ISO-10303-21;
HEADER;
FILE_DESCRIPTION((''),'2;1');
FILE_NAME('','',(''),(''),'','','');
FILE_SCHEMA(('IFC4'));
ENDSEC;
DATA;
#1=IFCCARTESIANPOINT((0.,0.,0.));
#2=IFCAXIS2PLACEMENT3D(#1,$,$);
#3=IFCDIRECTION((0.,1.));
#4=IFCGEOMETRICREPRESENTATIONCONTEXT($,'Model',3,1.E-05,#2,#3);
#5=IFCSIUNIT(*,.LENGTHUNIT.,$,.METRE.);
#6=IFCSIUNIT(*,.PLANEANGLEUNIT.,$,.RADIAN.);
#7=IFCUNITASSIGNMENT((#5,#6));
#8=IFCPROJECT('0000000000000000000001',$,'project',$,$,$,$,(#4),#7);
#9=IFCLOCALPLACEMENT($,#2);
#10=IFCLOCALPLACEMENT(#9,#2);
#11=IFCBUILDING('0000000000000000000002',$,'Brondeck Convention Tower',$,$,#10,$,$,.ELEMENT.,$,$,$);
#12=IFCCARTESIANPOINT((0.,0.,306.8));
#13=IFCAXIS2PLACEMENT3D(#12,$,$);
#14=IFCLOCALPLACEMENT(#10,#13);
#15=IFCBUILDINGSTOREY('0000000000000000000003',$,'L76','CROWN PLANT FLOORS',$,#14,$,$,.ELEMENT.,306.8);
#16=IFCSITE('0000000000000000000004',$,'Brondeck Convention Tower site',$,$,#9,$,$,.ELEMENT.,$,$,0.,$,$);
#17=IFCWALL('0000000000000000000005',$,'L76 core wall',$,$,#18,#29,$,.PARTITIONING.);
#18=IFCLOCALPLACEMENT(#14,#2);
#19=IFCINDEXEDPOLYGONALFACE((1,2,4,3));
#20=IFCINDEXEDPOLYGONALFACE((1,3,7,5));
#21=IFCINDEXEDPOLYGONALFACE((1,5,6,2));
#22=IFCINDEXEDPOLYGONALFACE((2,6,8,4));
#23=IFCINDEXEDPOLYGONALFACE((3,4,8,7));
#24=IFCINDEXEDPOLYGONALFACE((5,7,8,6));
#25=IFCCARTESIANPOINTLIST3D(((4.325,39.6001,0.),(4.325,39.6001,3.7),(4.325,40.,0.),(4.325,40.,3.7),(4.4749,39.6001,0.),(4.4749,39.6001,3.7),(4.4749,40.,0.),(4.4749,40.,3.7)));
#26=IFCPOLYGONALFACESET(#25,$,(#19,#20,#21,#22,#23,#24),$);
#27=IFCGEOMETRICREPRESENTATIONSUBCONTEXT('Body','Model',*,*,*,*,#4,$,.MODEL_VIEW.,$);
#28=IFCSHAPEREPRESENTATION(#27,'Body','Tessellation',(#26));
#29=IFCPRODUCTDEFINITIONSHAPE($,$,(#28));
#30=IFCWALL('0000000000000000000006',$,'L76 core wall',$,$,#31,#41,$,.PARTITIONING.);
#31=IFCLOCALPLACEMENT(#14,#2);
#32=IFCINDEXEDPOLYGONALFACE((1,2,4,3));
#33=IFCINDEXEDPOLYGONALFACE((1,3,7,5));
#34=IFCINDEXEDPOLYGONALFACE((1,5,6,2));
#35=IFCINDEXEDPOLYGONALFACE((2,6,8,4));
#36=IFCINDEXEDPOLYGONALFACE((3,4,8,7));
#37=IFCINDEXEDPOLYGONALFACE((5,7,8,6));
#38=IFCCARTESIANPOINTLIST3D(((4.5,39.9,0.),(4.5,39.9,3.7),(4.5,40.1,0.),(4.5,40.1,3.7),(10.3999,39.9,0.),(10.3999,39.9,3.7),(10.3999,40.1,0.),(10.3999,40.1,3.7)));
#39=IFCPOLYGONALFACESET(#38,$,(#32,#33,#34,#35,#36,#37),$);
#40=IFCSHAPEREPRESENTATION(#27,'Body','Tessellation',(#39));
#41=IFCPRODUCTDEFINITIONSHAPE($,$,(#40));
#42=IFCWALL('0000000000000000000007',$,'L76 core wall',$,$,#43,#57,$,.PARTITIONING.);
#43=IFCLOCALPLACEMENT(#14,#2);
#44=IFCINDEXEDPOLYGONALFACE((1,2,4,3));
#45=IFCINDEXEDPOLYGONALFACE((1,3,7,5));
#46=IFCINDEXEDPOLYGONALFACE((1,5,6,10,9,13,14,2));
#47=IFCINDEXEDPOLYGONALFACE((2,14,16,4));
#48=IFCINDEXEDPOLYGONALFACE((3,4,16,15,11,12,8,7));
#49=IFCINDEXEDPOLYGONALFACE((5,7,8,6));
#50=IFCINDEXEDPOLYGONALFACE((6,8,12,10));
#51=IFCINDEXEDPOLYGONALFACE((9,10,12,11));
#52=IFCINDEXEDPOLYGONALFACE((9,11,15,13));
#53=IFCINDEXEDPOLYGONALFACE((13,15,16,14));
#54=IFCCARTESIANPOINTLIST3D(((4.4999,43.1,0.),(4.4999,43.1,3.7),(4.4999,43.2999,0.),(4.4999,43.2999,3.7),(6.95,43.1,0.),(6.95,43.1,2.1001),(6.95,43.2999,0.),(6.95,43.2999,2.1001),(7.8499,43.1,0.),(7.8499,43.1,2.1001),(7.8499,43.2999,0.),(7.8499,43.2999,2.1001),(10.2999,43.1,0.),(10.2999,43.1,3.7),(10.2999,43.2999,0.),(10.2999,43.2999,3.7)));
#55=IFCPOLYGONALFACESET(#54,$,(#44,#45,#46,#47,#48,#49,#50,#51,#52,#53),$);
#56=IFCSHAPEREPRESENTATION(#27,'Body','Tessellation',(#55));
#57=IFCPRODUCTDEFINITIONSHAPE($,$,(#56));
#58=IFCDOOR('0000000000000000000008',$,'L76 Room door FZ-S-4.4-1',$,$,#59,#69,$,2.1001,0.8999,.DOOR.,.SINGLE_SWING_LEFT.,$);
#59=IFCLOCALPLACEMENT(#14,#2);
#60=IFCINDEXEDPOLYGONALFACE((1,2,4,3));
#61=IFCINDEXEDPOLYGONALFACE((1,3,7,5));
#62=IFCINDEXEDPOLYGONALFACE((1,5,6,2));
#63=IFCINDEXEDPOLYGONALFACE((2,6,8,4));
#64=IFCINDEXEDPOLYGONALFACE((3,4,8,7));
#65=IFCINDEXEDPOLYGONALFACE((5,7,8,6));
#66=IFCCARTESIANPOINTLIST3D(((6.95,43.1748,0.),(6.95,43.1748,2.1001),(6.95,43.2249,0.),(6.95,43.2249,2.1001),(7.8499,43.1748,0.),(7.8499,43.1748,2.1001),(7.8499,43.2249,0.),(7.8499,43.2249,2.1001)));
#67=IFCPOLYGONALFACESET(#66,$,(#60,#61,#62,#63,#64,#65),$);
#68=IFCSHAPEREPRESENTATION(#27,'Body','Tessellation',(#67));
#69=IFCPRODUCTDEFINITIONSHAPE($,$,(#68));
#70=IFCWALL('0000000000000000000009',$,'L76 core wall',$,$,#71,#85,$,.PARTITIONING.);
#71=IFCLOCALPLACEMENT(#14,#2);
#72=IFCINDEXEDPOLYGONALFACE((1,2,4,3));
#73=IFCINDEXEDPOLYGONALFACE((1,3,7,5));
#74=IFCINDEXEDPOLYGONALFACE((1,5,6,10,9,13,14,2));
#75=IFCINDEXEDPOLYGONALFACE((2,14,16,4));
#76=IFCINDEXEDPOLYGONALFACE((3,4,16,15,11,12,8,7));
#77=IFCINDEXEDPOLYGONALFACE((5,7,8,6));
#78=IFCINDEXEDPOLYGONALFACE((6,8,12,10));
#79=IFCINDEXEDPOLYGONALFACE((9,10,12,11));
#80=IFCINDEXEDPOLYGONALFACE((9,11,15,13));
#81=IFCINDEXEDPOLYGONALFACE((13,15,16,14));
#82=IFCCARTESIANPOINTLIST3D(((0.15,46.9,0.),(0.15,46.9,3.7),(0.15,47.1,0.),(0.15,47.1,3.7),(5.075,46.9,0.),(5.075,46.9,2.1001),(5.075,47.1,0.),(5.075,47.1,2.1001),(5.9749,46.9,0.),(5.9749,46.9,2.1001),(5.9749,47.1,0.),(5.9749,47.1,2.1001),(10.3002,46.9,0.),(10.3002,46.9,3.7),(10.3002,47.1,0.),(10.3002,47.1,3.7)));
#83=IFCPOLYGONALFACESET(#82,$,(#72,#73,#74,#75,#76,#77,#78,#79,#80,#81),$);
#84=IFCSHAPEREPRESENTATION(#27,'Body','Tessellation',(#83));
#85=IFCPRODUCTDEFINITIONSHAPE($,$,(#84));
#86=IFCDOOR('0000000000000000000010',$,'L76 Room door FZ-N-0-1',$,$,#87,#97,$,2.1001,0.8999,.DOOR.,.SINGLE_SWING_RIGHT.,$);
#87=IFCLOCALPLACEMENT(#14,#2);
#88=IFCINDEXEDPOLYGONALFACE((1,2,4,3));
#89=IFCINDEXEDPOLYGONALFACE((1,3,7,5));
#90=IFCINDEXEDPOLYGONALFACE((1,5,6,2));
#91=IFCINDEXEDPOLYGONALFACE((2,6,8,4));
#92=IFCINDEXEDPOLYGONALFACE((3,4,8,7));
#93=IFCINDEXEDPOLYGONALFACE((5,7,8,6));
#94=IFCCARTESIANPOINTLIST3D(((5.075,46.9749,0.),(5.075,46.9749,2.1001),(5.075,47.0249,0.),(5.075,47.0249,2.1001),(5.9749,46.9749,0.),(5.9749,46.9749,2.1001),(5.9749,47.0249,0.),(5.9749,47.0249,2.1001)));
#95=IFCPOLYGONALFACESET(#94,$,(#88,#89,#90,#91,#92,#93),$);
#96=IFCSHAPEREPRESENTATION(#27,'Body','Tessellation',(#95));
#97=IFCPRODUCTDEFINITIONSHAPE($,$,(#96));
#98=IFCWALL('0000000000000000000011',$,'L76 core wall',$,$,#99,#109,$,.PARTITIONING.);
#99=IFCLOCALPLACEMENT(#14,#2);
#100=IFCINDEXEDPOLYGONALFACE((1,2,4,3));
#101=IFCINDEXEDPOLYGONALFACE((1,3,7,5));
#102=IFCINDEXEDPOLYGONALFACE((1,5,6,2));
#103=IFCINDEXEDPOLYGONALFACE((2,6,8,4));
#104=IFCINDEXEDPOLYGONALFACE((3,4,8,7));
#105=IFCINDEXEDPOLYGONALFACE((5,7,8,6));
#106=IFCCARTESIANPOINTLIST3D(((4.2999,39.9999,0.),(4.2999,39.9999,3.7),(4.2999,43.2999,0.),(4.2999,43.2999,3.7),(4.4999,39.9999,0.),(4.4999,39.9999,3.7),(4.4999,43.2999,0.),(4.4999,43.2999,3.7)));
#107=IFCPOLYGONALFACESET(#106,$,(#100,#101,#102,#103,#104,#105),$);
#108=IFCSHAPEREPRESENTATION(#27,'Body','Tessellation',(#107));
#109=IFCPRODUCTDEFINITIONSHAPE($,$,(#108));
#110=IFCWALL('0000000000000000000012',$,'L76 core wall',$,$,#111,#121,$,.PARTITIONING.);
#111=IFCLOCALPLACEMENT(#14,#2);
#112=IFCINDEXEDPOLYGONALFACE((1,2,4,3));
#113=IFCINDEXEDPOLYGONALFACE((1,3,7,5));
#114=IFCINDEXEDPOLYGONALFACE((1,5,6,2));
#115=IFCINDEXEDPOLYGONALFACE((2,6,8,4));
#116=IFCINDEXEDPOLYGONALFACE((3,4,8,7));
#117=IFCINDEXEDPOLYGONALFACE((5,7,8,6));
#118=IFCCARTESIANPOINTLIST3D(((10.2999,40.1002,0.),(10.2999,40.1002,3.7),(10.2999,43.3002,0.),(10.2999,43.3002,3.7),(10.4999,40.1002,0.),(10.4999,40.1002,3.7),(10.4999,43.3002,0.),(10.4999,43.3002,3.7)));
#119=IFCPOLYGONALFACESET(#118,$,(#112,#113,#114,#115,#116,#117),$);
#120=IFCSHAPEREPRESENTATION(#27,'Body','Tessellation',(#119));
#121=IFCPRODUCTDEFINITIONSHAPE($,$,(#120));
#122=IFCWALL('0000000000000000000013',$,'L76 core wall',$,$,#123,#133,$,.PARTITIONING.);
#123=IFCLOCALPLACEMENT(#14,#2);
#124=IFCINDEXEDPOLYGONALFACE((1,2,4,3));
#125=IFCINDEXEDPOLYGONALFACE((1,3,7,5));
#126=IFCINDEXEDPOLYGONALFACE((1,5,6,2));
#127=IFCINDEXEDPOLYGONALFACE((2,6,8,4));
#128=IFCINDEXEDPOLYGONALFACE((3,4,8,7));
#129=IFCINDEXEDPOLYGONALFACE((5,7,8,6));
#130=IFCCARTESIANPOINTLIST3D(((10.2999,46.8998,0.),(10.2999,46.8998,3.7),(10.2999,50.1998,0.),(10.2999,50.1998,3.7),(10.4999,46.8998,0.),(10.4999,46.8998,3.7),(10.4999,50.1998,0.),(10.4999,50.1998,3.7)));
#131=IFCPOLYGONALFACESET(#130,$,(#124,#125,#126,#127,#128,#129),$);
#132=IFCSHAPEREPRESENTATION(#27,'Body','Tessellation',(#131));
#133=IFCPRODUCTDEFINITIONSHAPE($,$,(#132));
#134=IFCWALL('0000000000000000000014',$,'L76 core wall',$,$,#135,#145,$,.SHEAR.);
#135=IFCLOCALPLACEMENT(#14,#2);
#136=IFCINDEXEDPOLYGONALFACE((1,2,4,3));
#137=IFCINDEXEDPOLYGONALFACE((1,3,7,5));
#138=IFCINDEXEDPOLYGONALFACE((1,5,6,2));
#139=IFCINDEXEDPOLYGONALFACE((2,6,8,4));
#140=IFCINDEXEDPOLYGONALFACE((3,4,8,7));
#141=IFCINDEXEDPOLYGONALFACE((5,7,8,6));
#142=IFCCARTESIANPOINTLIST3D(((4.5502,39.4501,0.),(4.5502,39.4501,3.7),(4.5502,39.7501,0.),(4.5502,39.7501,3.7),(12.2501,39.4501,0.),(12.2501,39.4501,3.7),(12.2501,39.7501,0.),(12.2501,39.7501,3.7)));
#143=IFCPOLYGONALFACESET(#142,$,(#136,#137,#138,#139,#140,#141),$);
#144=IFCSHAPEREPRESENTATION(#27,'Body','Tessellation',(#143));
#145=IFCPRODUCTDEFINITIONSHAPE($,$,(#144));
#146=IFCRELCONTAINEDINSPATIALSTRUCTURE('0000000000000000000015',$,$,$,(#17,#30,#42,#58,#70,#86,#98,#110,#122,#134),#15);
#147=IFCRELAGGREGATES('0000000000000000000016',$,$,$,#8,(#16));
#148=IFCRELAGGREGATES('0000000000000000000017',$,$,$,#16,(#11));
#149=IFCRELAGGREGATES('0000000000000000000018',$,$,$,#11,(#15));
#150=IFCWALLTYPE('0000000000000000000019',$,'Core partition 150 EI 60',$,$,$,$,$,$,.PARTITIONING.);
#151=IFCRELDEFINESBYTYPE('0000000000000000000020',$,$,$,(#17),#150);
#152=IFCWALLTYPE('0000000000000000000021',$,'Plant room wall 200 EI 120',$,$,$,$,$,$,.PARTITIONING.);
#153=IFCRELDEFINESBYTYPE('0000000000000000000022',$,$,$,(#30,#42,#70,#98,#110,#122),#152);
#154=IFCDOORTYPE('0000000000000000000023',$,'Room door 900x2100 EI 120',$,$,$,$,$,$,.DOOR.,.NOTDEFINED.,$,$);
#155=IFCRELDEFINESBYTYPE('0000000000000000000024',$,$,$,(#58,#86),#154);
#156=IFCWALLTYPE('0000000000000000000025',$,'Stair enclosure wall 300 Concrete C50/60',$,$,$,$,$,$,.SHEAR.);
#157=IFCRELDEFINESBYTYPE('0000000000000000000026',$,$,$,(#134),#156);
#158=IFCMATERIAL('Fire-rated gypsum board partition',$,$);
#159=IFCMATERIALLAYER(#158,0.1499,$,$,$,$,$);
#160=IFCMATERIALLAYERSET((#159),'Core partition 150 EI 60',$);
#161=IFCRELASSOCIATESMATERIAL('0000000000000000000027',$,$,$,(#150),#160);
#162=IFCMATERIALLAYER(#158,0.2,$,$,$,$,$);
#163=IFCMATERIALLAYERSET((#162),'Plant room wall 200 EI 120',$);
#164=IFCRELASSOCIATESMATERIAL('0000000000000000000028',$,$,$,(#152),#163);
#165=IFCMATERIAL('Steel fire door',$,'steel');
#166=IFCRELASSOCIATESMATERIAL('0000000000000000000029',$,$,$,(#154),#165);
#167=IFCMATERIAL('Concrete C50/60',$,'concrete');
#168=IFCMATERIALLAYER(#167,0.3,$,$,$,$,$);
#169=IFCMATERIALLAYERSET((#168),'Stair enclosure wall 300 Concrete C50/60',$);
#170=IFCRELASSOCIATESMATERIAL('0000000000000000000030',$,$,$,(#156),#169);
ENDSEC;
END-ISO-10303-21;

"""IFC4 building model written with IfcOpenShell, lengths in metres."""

from ifc_helpers import new_model, si_unit, direction, frame, frame_2d, origin, place, context, subcontext, project, spatial, rectangle, extrude, material, layer, layer_set, type_object, element, fill, save


model = new_model("IFC4")

# Units and contexts
model_context = context("Model", 3, precision=1e-05, world=origin(), true_north=direction((0.0, 1.0)))
body_context = subcontext(model_context, "Body", "Model", "MODEL_VIEW")
ifc_project = project(units=[si_unit("LENGTHUNIT", "METRE"), si_unit("PLANEANGLEUNIT", "RADIAN")], contexts=[model_context])

# Site, building, storey
site_placement = place(None, origin())
site = spatial("IfcSite", under=ifc_project, at=site_placement, Name="Brondeck Convention Tower site", CompositionType="ELEMENT", RefElevation=0.0)
building_placement = place(site_placement, origin())
building = spatial("IfcBuilding", under=site, at=building_placement, Name="Brondeck Convention Tower", CompositionType="ELEMENT")
storey_placement = place(building_placement, frame((0.0, 0.0, 306.8)))
storey = spatial("IfcBuildingStorey", under=building, at=storey_placement, Name="L76", Description="CROWN PLANT FLOORS", CompositionType="ELEMENT", Elevation=306.8)

# Shared definitions
ifc_material_1 = material(Name="Concrete C50/60", Category="concrete")

# Walls
ifc_material_2 = material(Name="Fire-rated gypsum board partition")
ifc_layer_1 = layer(ifc_material_2, 0.1499)
ifc_layer_set_1 = layer_set([ifc_layer_1], Name="Core partition 150 EI 60")
wall_type_1 = type_object("IfcWallType", Name="Core partition 150 EI 60", PredefinedType="PARTITIONING", material=ifc_layer_set_1)
wall_1_placement = place(storey_placement, frame((4.3999, 39.6001, 0.0), z_axis=(0.0, 0.0, 1.0), x_axis=(0.0, 1.0, 0.0)))
element("IfcWall", 1, at=wall_1_placement, inside=storey, type_object=wall_type_1, Name="L76 core wall", PredefinedType="PARTITIONING", context=body_context, shape_type="SweptSolid", body=[
    extrude(rectangle(XDim=0.3999, YDim=0.1499, at=frame_2d((0.2, 0.0))), origin(), (0.0, 0.0, 1.0), 3.7),
])
ifc_layer_2 = layer(ifc_material_2, 0.2)
ifc_layer_set_2 = layer_set([ifc_layer_2], Name="Plant room wall 200 EI 120")
wall_type_2 = type_object("IfcWallType", Name="Plant room wall 200 EI 120", PredefinedType="PARTITIONING", material=ifc_layer_set_2)
wall_2_placement = place(storey_placement, frame((4.5, 40.0, 0.0), z_axis=(0.0, 0.0, 1.0), x_axis=(1.0, 0.0, 0.0)))
element("IfcWall", 2, at=wall_2_placement, inside=storey, type_object=wall_type_2, Name="L76 core wall", PredefinedType="PARTITIONING", context=body_context, shape_type="SweptSolid", body=[
    extrude(rectangle(XDim=5.8999, YDim=0.2, at=frame_2d((2.95, 0.0))), origin(), (0.0, 0.0, 1.0), 3.7),
])

# Walls, openings, doors
wall_3_placement = place(storey_placement, frame((4.5, 43.2, 0.0), z_axis=(0.0, 0.0, 1.0), x_axis=(1.0, 0.0, 0.0)))
wall_3 = element("IfcWall", 3, at=wall_3_placement, inside=storey, type_object=wall_type_2, Name="L76 core wall", PredefinedType="PARTITIONING", context=body_context, shape_type="SweptSolid", body=[
    extrude(rectangle(XDim=5.8, YDim=0.2, at=frame_2d((2.8999, 0.0))), origin(), (0.0, 0.0, 1.0), 3.7),
])
opening_1_placement = place(wall_3_placement, frame((2.45, 0.0, 0.0)))
opening_1 = element("IfcOpeningElement", 4, at=opening_1_placement, cuts=wall_3, PredefinedType="OPENING", context=body_context, shape_type="SweptSolid", body=[
    extrude(rectangle(XDim=0.8999, YDim=2.1001, at=frame_2d((0.45, 1.05))), frame((0.0, 0.1099, 0.0), z_axis=(0.0, -1.0, 0.0), x_axis=(1.0, 0.0, 0.0)), (0.0, 0.0, 1.0), 0.22),
])
ifc_material_3 = material(Name="Steel fire door", Category="steel")
door_type = type_object("IfcDoorType", Name="Room door 900x2100 EI 120", OperationType="NOTDEFINED", PredefinedType="DOOR", material=ifc_material_3)
door_1_placement = place(opening_1_placement, origin())
door_1 = element("IfcDoor", 5, at=door_1_placement, inside=storey, type_object=door_type, Name="L76 Room door FZ-S-4.4-1", OperationType="SINGLE_SWING_LEFT", OverallHeight=2.1001, OverallWidth=0.8999, PredefinedType="DOOR", context=body_context, shape_type="SweptSolid", body=[
    extrude(rectangle(XDim=0.8999, YDim=2.1001, at=frame_2d((0.45, 1.05))), frame((0.0, 0.0249, 0.0), z_axis=(0.0, -1.0, 0.0), x_axis=(1.0, 0.0, 0.0)), (0.0, 0.0, 1.0), 0.05),
])
fill(opening_1, door_1)
wall_4_placement = place(storey_placement, frame((0.1499, 47.0, 0.0), z_axis=(0.0, 0.0, 1.0), x_axis=(1.0, 0.0, 0.0)))
wall_4 = element("IfcWall", 6, at=wall_4_placement, inside=storey, type_object=wall_type_2, Name="L76 core wall", PredefinedType="PARTITIONING", context=body_context, shape_type="SweptSolid", body=[
    extrude(rectangle(XDim=10.1501, YDim=0.2, at=frame_2d((5.0752, 0.0))), origin(), (0.0, 0.0, 1.0), 3.7),
])
opening_2_placement = place(wall_4_placement, frame((4.925, 0.0, 0.0)))
opening_2 = element("IfcOpeningElement", 7, at=opening_2_placement, cuts=wall_4, PredefinedType="OPENING", context=body_context, shape_type="SweptSolid", body=[
    extrude(rectangle(XDim=0.8999, YDim=2.1001, at=frame_2d((0.45, 1.05))), frame((0.0, 0.1099, 0.0), z_axis=(0.0, -1.0, 0.0), x_axis=(1.0, 0.0, 0.0)), (0.0, 0.0, 1.0), 0.22),
])
door_2_placement = place(opening_2_placement, origin())
door_2 = element("IfcDoor", 8, at=door_2_placement, inside=storey, type_object=door_type, Name="L76 Room door FZ-N-0-1", OperationType="SINGLE_SWING_RIGHT", OverallHeight=2.1001, OverallWidth=0.8999, PredefinedType="DOOR", context=body_context, shape_type="SweptSolid", body=[
    extrude(rectangle(XDim=0.8999, YDim=2.1001, at=frame_2d((0.45, 1.05))), frame((0.0, 0.0249, 0.0), z_axis=(0.0, -1.0, 0.0), x_axis=(1.0, 0.0, 0.0)), (0.0, 0.0, 1.0), 0.05),
])
fill(opening_2, door_2)

# Walls
wall_5_placement = place(storey_placement, frame((4.3999, 40.0, 0.0), z_axis=(0.0, 0.0, 1.0), x_axis=(0.0, 1.0, 0.0)))
element("IfcWall", 9, at=wall_5_placement, inside=storey, type_object=wall_type_2, Name="L76 core wall", PredefinedType="PARTITIONING", context=body_context, shape_type="SweptSolid", body=[
    extrude(rectangle(XDim=3.3, YDim=0.2, at=frame_2d((1.6499, 0.0))), origin(), (0.0, 0.0, 1.0), 3.7),
])
wall_6_placement = place(storey_placement, frame((10.3999, 40.1001, 0.0), z_axis=(0.0, 0.0, 1.0), x_axis=(0.0, 1.0, 0.0)))
element("IfcWall", 10, at=wall_6_placement, inside=storey, type_object=wall_type_2, Name="L76 core wall", PredefinedType="PARTITIONING", context=body_context, shape_type="SweptSolid", body=[
    extrude(rectangle(XDim=3.2, YDim=0.2, at=frame_2d((1.6001, 0.0))), origin(), (0.0, 0.0, 1.0), 3.7),
])
wall_7_placement = place(storey_placement, frame((10.3999, 46.8999, 0.0), z_axis=(0.0, 0.0, 1.0), x_axis=(0.0, 1.0, 0.0)))
element("IfcWall", 11, at=wall_7_placement, inside=storey, type_object=wall_type_2, Name="L76 core wall", PredefinedType="PARTITIONING", context=body_context, shape_type="SweptSolid", body=[
    extrude(rectangle(XDim=3.3, YDim=0.2, at=frame_2d((1.6499, 0.0))), origin(), (0.0, 0.0, 1.0), 3.7),
])
ifc_layer_3 = layer(ifc_material_1, 0.3)
ifc_layer_set_3 = layer_set([ifc_layer_3], Name="Stair enclosure wall 300 Concrete C50/60")
wall_type_3 = type_object("IfcWallType", Name="Stair enclosure wall 300 Concrete C50/60", PredefinedType="SHEAR", material=ifc_layer_set_3)
wall_8_placement = place(storey_placement, frame((4.55, 39.6001, 0.0), z_axis=(0.0, 0.0, 1.0), x_axis=(1.0, 0.0, 0.0)))
element("IfcWall", 12, at=wall_8_placement, inside=storey, type_object=wall_type_3, Name="L76 core wall", PredefinedType="SHEAR", context=body_context, shape_type="SweptSolid", body=[
    extrude(rectangle(XDim=7.7, YDim=0.3, at=frame_2d((3.8501, 0.0))), origin(), (0.0, 0.0, 1.0), 3.7),
])

save(model, "model.ifc")
